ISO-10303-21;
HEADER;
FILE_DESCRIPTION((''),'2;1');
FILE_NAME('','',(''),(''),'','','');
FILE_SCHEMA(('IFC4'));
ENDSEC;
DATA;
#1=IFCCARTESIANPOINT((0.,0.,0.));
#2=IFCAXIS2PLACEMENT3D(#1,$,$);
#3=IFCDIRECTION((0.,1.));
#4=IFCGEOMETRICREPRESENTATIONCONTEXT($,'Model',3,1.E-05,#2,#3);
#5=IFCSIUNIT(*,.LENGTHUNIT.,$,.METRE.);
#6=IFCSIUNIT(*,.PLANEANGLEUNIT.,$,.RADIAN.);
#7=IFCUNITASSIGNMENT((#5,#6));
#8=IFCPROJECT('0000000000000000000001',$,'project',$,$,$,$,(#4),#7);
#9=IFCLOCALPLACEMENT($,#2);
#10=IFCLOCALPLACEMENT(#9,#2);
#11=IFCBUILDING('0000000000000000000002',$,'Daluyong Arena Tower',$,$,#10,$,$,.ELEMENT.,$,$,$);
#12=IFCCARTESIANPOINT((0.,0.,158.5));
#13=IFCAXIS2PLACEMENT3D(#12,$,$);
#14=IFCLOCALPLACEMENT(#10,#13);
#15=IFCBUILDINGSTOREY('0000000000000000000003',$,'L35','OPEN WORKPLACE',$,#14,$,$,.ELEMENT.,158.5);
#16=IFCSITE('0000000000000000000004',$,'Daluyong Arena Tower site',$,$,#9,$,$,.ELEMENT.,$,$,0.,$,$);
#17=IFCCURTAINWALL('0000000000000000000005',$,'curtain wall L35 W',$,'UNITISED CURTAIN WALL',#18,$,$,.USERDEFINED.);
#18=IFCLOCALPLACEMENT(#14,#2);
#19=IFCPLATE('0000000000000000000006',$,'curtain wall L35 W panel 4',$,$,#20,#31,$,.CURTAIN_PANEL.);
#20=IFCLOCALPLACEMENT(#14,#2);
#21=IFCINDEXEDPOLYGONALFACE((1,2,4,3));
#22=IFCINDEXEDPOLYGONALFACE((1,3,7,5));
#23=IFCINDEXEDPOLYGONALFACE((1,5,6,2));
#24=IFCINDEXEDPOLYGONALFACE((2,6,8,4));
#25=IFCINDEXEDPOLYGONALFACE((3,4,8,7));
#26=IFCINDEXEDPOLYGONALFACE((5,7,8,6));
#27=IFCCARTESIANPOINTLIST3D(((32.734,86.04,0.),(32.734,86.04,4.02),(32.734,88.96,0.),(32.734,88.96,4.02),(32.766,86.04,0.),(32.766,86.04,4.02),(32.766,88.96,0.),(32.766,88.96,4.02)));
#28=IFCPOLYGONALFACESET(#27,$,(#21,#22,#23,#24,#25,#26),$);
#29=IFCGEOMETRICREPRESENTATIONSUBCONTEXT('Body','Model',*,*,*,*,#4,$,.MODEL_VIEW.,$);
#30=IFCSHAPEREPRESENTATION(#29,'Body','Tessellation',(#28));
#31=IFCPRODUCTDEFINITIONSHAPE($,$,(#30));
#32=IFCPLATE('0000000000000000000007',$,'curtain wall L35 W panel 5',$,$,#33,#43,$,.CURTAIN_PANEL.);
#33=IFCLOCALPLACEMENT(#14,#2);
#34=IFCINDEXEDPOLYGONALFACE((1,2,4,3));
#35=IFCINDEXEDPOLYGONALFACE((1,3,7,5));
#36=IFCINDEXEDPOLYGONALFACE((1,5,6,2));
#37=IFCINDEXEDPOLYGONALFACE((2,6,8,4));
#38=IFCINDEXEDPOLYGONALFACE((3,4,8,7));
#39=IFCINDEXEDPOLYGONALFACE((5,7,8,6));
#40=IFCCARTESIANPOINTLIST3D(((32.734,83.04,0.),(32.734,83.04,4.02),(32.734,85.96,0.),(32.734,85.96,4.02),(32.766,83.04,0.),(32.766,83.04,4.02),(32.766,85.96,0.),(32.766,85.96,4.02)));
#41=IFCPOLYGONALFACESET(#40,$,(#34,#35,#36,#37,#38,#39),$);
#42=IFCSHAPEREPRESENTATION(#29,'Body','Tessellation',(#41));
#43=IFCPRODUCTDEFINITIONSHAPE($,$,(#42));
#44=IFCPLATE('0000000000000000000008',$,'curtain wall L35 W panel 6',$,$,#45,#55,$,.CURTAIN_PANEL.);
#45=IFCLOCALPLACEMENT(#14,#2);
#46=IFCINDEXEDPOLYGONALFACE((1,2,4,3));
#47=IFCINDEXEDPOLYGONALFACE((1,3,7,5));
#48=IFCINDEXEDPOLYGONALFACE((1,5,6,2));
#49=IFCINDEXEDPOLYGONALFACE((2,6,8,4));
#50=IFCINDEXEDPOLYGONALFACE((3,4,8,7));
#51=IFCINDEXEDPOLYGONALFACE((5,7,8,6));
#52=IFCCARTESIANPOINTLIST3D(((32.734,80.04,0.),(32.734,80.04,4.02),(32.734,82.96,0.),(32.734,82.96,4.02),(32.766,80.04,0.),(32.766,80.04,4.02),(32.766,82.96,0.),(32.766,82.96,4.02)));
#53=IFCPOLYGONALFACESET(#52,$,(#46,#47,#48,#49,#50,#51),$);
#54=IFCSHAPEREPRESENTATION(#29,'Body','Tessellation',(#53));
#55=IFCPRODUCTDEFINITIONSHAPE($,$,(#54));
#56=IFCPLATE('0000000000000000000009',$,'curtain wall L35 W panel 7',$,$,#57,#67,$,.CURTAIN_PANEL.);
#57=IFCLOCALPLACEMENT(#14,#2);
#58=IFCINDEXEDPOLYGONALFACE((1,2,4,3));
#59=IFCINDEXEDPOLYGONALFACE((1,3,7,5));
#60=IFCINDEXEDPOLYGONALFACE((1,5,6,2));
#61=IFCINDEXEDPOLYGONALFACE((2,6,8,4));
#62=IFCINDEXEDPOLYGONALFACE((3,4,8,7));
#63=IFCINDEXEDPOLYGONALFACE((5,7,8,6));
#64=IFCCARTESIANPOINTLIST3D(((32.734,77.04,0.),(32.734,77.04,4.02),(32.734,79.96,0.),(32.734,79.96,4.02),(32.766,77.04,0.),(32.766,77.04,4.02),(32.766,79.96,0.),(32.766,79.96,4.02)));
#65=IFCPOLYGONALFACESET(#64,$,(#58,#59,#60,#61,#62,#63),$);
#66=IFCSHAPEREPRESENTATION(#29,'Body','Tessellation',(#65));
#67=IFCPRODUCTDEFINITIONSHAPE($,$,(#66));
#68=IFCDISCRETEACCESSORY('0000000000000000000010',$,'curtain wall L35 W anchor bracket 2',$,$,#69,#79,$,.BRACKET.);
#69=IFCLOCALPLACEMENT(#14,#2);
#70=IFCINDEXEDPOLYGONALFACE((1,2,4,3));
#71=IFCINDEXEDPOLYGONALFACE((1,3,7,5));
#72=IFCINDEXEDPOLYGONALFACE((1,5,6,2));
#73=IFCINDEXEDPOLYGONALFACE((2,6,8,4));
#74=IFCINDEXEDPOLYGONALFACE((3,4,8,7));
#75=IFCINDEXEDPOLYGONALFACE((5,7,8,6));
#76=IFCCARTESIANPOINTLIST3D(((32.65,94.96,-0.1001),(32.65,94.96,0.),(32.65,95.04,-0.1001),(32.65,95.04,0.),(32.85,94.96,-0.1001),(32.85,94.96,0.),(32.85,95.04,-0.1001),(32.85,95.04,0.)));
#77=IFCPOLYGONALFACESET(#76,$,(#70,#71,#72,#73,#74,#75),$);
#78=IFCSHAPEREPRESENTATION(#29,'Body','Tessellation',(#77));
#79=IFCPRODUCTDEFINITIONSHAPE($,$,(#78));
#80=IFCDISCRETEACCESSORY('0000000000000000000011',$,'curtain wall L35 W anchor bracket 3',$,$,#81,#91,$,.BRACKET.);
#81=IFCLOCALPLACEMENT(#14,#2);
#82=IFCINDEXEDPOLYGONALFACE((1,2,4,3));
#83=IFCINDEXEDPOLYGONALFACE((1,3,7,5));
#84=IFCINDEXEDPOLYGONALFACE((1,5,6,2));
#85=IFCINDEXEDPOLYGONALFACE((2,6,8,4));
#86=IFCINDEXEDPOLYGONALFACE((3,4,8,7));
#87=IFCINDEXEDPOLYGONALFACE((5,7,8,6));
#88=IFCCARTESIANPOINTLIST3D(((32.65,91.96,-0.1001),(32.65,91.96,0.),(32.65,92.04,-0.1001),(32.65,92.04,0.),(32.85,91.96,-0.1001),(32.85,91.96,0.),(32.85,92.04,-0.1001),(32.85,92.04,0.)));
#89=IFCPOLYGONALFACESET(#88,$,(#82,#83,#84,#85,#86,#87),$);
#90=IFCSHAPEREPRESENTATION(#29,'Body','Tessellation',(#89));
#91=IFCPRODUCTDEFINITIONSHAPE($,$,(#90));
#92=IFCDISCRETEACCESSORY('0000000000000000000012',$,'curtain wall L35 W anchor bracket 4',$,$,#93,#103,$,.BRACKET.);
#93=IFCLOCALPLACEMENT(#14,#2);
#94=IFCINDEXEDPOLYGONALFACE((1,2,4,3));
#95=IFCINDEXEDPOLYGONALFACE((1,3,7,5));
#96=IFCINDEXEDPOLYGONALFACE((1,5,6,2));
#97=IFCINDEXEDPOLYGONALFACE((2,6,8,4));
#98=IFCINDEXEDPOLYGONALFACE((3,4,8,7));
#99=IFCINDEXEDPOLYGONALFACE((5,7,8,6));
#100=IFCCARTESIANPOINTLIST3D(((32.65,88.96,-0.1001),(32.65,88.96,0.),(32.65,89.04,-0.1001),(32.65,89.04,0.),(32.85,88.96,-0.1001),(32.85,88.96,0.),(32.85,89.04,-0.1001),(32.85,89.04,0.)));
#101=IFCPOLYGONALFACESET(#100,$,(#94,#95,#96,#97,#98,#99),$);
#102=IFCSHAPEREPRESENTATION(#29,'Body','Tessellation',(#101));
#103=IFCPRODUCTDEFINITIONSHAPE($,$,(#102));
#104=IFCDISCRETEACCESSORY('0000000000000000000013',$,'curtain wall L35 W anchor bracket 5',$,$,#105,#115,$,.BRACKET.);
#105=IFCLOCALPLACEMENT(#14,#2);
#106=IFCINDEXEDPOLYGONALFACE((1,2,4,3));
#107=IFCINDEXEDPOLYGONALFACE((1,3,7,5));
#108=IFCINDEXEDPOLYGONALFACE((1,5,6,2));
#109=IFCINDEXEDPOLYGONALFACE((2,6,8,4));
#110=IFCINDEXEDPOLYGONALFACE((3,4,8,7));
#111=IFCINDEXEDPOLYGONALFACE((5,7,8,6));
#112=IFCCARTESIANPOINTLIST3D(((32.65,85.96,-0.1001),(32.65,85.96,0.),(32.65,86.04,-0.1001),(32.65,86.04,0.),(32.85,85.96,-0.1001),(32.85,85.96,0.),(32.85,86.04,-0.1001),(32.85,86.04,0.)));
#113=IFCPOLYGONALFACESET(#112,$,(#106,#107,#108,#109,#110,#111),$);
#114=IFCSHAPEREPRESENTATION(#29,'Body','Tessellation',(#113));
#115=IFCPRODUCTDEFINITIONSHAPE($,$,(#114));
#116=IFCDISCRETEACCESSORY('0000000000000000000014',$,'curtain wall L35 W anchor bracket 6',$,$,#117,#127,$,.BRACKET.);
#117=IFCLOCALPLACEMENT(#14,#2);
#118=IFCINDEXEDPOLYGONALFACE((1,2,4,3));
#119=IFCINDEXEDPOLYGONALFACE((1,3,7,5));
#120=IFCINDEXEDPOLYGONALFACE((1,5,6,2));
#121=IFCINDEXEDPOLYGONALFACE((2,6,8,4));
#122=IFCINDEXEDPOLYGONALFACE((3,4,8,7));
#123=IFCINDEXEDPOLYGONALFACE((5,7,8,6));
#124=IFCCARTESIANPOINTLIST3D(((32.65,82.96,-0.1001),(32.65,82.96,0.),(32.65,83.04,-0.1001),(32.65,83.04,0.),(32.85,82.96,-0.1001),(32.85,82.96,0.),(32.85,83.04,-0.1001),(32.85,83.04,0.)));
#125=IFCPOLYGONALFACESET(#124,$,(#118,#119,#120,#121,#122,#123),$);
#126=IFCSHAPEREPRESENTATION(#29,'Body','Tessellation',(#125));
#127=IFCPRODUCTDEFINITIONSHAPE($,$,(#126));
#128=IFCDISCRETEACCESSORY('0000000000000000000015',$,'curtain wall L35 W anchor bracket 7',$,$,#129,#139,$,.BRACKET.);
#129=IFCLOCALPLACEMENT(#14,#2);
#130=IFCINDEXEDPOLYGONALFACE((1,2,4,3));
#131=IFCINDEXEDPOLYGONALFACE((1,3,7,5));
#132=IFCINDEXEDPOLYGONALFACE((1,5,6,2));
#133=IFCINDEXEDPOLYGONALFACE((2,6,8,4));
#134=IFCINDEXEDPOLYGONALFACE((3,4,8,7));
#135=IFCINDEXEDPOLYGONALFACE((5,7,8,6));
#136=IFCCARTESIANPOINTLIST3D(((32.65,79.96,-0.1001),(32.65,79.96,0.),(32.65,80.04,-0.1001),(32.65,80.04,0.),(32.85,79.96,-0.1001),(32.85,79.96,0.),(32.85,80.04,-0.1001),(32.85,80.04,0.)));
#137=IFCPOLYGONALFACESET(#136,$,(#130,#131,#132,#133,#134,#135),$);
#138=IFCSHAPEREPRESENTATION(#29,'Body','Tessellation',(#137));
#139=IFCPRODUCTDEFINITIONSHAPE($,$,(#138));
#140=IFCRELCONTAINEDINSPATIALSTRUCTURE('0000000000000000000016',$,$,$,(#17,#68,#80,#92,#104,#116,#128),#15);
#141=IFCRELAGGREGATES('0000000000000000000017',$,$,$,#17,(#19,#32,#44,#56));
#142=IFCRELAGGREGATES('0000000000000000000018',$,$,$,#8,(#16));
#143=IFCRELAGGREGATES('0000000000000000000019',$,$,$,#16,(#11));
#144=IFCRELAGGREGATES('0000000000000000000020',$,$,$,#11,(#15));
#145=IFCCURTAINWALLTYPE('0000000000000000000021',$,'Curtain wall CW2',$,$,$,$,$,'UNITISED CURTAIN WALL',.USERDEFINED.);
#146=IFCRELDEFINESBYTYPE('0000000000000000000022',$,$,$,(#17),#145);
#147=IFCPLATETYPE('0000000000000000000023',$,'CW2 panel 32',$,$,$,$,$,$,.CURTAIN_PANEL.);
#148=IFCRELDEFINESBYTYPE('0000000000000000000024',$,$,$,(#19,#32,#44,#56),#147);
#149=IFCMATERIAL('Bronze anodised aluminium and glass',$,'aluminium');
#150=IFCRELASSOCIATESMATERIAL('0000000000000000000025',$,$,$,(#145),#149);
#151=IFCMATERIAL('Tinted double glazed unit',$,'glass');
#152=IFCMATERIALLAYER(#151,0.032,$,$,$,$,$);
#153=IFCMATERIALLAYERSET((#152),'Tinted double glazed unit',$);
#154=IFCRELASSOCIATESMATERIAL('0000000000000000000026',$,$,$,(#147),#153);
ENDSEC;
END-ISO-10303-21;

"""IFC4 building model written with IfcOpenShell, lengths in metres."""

from ifc_helpers import new_model, si_unit, direction, frame, origin, origin_2d, place, context, subcontext, project, spatial, rectangle, extrude, material, layer, layer_set, type_object, element, aggregate, save


model = new_model("IFC4")

# Units and contexts
model_context = context("Model", 3, precision=1e-05, world=origin(), true_north=direction((0.0, 1.0)))
body_context = subcontext(model_context, "Body", "Model", "MODEL_VIEW")
ifc_project = project(units=[si_unit("LENGTHUNIT", "METRE"), si_unit("PLANEANGLEUNIT", "RADIAN")], contexts=[model_context])

# Site, building, storey
site_placement = place(None, origin())
site = spatial("IfcSite", under=ifc_project, at=site_placement, Name="Daluyong Arena Tower site", CompositionType="ELEMENT", RefElevation=0.0)
building_placement = place(site_placement, origin())
building = spatial("IfcBuilding", under=site, at=building_placement, Name="Daluyong Arena Tower", CompositionType="ELEMENT")
storey_placement = place(building_placement, frame((0.0, 0.0, 158.5)))
storey = spatial("IfcBuildingStorey", under=building, at=storey_placement, Name="L35", Description="OPEN WORKPLACE", CompositionType="ELEMENT", Elevation=158.5)

# Curtain wall
ifc_material_1 = material(Name="Bronze anodised aluminium and glass", Category="aluminium")
curtain_wall_type = type_object("IfcCurtainWallType", Name="Curtain wall CW2", ElementType="UNITISED CURTAIN WALL", PredefinedType="USERDEFINED", material=ifc_material_1)
curtain_wall_placement = place(storey_placement, origin())
curtain_wall = element("IfcCurtainWall", 1, at=curtain_wall_placement, inside=storey, type_object=curtain_wall_type, Name="curtain wall L35 W", ObjectType="UNITISED CURTAIN WALL", PredefinedType="USERDEFINED")

# Plates
ifc_material_2 = material(Name="Tinted double glazed unit", Category="glass")
ifc_layer = layer(ifc_material_2, 0.032)
ifc_layer_set = layer_set([ifc_layer], Name="Tinted double glazed unit")
plate_type = type_object("IfcPlateType", Name="CW2 panel 32", PredefinedType="CURTAIN_PANEL", material=ifc_layer_set)
plate_1_placement = place(storey_placement, frame((32.75, 87.5, 0.0), z_axis=(0.0, 0.0, 1.0), x_axis=(0.0, -1.0, 0.0)))
plate_1 = element("IfcPlate", 2, at=plate_1_placement, type_object=plate_type, Name="curtain wall L35 W panel 4", PredefinedType="CURTAIN_PANEL", context=body_context, shape_type="SweptSolid", body=[
    extrude(rectangle(XDim=2.9199, YDim=0.032, at=origin_2d()), origin(), (0.0, 0.0, 1.0), 4.02),
])
plate_2_placement = place(storey_placement, frame((32.75, 84.5, 0.0), z_axis=(0.0, 0.0, 1.0), x_axis=(0.0, -1.0, 0.0)))
plate_2 = element("IfcPlate", 3, at=plate_2_placement, type_object=plate_type, Name="curtain wall L35 W panel 5", PredefinedType="CURTAIN_PANEL", context=body_context, shape_type="SweptSolid", body=[
    extrude(rectangle(XDim=2.9199, YDim=0.032, at=origin_2d()), origin(), (0.0, 0.0, 1.0), 4.02),
])
plate_3_placement = place(storey_placement, frame((32.75, 81.5, 0.0), z_axis=(0.0, 0.0, 1.0), x_axis=(0.0, -1.0, 0.0)))
plate_3 = element("IfcPlate", 4, at=plate_3_placement, type_object=plate_type, Name="curtain wall L35 W panel 6", PredefinedType="CURTAIN_PANEL", context=body_context, shape_type="SweptSolid", body=[
    extrude(rectangle(XDim=2.9199, YDim=0.032, at=origin_2d()), origin(), (0.0, 0.0, 1.0), 4.02),
])
plate_4_placement = place(storey_placement, frame((32.75, 78.5, 0.0), z_axis=(0.0, 0.0, 1.0), x_axis=(0.0, -1.0, 0.0)))
plate_4 = element("IfcPlate", 5, at=plate_4_placement, type_object=plate_type, Name="curtain wall L35 W panel 7", PredefinedType="CURTAIN_PANEL", context=body_context, shape_type="SweptSolid", body=[
    extrude(rectangle(XDim=2.9199, YDim=0.032, at=origin_2d()), origin(), (0.0, 0.0, 1.0), 4.02),
])
aggregate(curtain_wall, [plate_1, plate_2, plate_3, plate_4])

# Discrete accessories
for number, where, z_axis, x_axis, name in (
    (6, (32.75, 95.0, -0.1001), (0.0, 0.0, 1.0), (0.0, -1.0, 0.0), "curtain wall L35 W anchor bracket 2"),
    (7, (32.75, 92.0, -0.1001), (0.0, 0.0, 1.0), (0.0, -1.0, 0.0), "curtain wall L35 W anchor bracket 3"),
    (8, (32.75, 89.0, -0.1001), (0.0, 0.0, 1.0), (0.0, -1.0, 0.0), "curtain wall L35 W anchor bracket 4"),
    (9, (32.75, 86.0, -0.1001), (0.0, 0.0, 1.0), (0.0, -1.0, 0.0), "curtain wall L35 W anchor bracket 5"),
    (10, (32.75, 83.0, -0.1001), (0.0, 0.0, 1.0), (0.0, -1.0, 0.0), "curtain wall L35 W anchor bracket 6"),
    (11, (32.75, 80.0, -0.1001), (0.0, 0.0, 1.0), (0.0, -1.0, 0.0), "curtain wall L35 W anchor bracket 7"),
):
    element("IfcDiscreteAccessory", number, at=place(storey_placement, frame(where, z_axis=z_axis, x_axis=x_axis)), inside=storey, Name=name, PredefinedType="BRACKET", context=body_context, shape_type="SweptSolid", body=[
        extrude(rectangle(XDim=0.0801, YDim=0.2, at=origin_2d()), origin(), (0.0, 0.0, 1.0), 0.1001),
    ])

save(model, "model.ifc")
